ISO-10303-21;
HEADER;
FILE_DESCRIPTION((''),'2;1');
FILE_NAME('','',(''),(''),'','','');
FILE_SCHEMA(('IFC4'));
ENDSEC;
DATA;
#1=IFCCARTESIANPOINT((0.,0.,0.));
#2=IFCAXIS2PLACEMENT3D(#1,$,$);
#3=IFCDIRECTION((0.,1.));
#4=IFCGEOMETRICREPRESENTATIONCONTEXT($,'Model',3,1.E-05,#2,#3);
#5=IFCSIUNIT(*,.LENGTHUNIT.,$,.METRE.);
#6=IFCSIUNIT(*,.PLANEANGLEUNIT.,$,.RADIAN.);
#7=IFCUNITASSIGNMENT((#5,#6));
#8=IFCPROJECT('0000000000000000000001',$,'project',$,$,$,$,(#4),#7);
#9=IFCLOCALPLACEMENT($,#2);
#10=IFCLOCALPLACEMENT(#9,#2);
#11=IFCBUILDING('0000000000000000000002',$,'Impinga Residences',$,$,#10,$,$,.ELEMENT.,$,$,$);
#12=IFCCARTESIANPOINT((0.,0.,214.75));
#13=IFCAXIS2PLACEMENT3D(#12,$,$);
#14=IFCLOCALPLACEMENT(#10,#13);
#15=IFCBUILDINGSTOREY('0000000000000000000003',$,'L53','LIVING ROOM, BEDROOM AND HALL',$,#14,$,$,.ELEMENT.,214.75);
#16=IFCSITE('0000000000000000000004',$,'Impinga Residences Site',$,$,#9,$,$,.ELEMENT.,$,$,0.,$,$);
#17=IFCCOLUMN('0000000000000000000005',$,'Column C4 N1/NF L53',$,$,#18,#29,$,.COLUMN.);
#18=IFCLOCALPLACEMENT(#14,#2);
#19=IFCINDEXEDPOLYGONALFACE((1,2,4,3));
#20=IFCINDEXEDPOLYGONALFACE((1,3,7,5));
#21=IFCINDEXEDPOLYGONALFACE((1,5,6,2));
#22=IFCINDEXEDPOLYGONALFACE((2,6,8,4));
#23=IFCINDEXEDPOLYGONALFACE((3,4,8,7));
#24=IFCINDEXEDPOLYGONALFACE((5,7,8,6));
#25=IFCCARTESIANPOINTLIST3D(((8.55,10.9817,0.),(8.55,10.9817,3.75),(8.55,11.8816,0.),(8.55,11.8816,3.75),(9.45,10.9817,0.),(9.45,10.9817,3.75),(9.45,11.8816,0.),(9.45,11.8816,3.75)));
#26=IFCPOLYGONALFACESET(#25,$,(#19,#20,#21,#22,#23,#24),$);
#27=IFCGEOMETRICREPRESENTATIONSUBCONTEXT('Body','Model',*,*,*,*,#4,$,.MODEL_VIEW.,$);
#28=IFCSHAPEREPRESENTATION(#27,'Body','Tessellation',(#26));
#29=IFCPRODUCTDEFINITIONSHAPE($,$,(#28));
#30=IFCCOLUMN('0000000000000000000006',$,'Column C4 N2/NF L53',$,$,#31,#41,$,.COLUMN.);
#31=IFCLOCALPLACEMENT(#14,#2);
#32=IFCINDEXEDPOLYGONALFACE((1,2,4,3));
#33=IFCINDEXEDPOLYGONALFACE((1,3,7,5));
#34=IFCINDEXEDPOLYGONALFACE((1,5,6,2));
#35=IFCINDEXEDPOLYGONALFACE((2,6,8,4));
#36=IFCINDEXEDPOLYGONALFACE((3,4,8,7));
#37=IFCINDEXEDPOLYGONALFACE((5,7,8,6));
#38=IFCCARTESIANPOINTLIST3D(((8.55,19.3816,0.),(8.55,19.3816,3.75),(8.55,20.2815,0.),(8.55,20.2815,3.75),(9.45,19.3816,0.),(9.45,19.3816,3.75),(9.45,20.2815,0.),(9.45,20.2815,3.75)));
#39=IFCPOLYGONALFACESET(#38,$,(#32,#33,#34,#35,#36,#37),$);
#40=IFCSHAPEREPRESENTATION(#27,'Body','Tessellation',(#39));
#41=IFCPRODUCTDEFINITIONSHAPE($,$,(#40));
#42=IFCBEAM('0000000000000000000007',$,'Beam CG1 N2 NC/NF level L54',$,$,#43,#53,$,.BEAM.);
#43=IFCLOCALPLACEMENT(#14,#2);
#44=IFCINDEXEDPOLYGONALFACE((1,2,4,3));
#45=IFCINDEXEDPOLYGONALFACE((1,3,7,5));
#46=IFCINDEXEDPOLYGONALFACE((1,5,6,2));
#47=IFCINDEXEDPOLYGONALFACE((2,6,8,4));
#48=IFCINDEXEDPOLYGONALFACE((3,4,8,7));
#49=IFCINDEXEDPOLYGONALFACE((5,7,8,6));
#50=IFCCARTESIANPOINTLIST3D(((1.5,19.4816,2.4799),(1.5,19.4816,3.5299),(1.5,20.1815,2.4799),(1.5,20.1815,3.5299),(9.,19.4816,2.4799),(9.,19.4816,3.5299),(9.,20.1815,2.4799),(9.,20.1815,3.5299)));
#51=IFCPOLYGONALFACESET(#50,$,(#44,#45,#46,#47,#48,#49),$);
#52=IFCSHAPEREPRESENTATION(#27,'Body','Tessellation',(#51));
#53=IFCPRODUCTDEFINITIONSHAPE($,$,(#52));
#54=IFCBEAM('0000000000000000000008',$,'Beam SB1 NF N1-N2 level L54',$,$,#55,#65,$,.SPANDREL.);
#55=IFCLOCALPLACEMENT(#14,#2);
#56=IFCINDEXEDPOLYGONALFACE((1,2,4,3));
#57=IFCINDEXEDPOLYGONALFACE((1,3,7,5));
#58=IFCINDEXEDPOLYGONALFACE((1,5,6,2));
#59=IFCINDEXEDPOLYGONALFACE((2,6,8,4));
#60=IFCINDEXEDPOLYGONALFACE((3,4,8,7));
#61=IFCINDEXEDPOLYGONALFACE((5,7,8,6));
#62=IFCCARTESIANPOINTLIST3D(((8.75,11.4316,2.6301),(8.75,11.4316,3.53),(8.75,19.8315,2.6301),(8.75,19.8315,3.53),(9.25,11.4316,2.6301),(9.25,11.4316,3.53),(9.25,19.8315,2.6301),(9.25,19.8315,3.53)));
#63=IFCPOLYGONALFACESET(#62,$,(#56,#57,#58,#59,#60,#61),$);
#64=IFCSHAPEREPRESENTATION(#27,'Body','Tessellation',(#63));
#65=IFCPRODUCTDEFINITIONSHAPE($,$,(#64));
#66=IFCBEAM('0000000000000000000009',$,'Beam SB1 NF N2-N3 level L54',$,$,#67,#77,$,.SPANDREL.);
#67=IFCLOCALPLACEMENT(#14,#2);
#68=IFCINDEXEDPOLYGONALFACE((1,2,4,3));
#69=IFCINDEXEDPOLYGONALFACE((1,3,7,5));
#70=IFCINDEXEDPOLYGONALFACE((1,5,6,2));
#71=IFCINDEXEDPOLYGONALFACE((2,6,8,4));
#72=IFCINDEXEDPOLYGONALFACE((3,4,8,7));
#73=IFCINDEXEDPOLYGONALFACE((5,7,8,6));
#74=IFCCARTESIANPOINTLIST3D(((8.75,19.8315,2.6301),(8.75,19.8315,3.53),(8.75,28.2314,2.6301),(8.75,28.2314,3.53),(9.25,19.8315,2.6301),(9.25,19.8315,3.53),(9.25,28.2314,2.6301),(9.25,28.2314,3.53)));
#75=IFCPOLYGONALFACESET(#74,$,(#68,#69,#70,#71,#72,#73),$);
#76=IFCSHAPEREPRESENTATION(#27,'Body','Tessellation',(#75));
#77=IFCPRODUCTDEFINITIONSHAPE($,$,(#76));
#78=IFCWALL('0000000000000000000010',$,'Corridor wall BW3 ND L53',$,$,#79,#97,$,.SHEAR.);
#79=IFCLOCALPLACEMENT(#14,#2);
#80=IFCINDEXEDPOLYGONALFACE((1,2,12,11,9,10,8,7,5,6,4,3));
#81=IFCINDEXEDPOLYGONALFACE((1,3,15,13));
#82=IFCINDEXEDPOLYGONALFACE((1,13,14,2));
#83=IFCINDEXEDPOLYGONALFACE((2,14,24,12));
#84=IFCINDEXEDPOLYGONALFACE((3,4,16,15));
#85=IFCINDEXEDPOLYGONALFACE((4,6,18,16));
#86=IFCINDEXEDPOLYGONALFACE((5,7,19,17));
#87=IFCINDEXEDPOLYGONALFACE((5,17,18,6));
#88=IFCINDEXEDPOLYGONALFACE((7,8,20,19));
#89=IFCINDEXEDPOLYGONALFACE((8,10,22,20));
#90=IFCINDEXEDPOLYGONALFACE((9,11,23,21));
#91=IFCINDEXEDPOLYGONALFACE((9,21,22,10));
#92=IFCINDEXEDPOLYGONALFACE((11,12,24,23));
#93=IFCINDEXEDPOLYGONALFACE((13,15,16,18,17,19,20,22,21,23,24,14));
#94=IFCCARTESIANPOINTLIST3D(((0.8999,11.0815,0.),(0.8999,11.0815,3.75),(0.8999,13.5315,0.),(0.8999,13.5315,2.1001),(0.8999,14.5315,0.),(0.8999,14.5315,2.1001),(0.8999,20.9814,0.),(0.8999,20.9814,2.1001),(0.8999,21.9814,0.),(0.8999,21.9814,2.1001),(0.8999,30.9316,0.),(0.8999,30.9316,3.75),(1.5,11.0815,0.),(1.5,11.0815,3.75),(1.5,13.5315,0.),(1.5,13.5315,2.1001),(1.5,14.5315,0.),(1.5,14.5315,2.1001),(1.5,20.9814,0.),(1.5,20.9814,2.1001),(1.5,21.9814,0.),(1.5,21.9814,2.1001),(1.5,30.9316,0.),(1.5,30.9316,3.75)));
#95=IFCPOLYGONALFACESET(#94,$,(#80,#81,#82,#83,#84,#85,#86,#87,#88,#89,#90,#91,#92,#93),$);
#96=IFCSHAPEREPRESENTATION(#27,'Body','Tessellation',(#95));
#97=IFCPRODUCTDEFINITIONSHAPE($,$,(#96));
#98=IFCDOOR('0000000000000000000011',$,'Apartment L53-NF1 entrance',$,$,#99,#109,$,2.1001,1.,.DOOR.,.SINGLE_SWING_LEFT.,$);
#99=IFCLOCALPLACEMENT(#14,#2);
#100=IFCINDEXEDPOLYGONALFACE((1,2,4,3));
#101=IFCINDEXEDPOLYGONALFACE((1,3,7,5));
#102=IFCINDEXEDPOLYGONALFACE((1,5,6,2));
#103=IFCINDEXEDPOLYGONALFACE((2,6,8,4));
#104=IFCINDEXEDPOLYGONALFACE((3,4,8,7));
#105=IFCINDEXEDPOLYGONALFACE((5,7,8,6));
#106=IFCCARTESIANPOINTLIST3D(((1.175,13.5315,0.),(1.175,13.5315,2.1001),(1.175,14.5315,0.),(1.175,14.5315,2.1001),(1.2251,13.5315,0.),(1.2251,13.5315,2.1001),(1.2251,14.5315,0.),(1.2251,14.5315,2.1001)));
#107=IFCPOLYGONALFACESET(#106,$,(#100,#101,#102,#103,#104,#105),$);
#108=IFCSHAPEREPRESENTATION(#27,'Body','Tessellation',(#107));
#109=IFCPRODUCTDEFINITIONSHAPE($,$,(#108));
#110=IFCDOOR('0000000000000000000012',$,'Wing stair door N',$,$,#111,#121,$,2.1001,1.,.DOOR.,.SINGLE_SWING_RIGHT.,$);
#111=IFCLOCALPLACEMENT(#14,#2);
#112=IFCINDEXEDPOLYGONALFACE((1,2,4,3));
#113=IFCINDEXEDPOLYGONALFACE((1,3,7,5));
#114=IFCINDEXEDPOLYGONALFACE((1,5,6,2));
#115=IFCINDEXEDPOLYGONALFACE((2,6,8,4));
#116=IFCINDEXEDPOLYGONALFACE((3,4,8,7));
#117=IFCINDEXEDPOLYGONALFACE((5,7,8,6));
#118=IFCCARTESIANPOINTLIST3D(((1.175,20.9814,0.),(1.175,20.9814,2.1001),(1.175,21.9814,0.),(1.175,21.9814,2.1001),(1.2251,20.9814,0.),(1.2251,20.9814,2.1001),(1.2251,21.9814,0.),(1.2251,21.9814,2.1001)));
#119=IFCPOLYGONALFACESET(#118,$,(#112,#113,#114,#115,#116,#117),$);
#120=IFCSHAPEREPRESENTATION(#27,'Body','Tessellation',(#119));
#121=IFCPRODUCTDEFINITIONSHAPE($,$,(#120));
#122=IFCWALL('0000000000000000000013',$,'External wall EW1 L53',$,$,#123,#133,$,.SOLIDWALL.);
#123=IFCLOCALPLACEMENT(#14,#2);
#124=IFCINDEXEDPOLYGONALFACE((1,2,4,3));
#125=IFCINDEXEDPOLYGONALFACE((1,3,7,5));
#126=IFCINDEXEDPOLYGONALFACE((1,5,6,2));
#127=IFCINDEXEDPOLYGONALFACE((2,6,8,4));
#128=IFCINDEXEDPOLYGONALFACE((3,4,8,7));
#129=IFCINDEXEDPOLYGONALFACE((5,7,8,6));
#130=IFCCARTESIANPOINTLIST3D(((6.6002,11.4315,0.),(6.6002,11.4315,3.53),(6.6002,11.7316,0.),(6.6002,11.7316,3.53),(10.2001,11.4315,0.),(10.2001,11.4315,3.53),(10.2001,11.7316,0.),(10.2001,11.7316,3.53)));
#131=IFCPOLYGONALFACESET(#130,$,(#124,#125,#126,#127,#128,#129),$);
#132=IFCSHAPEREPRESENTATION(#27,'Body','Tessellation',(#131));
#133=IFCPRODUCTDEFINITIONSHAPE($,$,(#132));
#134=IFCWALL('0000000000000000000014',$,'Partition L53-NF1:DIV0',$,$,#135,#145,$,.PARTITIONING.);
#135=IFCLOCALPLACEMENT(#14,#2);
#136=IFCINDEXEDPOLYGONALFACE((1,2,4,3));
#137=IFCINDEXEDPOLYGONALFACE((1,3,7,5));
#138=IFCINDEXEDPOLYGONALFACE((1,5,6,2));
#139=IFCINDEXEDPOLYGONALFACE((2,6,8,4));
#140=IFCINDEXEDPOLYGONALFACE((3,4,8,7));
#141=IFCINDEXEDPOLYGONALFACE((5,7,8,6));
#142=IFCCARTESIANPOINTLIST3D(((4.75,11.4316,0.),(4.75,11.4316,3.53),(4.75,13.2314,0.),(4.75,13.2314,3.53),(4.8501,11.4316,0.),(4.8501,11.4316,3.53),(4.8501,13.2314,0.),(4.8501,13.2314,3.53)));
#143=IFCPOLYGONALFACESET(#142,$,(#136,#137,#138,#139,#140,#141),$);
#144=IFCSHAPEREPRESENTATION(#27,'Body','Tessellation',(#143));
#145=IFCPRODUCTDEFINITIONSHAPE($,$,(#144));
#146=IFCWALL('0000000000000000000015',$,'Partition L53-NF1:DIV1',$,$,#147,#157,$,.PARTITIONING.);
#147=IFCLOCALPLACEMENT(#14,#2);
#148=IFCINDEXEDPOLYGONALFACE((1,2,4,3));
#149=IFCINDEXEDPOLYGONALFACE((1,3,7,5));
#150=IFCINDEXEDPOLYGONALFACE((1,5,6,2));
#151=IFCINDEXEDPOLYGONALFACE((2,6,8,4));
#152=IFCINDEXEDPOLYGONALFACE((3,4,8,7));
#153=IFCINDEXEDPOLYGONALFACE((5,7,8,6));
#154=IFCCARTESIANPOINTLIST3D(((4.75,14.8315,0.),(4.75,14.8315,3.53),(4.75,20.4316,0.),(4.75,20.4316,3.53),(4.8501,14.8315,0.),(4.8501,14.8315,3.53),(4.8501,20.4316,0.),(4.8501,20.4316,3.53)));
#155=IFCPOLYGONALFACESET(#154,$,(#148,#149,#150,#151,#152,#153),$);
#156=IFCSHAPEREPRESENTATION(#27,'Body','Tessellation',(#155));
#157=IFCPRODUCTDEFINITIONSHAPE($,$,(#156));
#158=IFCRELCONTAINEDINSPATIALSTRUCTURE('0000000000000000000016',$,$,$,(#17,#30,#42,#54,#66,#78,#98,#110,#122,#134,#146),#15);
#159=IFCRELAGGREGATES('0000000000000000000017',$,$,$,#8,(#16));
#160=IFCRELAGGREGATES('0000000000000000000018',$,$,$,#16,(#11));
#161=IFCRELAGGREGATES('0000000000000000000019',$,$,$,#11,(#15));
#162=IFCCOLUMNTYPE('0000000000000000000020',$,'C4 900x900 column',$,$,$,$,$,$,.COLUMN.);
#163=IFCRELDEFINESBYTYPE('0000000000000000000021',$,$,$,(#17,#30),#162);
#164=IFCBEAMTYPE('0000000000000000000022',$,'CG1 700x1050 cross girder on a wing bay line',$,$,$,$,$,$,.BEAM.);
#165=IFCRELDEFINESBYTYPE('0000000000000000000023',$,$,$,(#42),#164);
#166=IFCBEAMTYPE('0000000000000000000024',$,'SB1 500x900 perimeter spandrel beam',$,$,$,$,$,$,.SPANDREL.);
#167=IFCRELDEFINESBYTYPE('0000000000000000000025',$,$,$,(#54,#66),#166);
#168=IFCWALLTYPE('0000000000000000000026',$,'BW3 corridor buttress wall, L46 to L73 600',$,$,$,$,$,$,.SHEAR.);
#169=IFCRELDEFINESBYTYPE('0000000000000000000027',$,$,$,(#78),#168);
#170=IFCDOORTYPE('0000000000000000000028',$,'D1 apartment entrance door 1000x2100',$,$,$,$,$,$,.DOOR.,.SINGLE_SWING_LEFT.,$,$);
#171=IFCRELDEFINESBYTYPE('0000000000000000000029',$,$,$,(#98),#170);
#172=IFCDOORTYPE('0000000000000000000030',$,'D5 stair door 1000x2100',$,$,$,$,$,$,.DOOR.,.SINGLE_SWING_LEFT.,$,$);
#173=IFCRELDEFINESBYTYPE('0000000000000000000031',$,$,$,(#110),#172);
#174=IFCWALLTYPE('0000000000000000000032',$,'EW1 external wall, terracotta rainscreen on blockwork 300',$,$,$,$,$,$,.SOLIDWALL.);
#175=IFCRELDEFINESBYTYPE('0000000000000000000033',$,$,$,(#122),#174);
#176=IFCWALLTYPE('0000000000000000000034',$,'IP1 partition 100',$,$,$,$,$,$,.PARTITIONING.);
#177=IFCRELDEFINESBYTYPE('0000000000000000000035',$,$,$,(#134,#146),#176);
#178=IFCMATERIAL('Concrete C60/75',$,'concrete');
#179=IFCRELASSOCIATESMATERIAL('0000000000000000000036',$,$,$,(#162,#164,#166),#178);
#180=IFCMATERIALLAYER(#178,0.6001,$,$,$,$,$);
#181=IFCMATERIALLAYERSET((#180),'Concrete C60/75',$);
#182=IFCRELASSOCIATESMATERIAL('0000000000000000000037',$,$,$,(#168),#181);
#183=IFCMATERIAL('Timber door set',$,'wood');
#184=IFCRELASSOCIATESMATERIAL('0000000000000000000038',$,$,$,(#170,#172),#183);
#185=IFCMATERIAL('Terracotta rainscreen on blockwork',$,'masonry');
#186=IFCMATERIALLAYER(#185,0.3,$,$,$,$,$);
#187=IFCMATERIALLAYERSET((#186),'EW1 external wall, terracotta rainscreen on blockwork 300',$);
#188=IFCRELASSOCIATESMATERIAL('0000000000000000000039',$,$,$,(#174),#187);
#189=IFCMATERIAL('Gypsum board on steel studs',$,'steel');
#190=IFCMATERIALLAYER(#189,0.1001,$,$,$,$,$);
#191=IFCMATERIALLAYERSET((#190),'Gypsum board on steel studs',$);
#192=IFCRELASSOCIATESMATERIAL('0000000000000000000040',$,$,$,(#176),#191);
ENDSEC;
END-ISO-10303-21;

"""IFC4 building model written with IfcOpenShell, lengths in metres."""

from ifc_helpers import new_model, si_unit, direction, frame, frame_2d, origin, origin_2d, place, context, subcontext, project, spatial, rectangle, extrude, material, layer, layer_set, material_profile, profile_set, type_object, element, fill, save


model = new_model("IFC4")

# Units and contexts
model_context = context("Model", 3, precision=1e-05, world=origin(), true_north=direction((0.0, 1.0)))
body_context = subcontext(model_context, "Body", "Model", "MODEL_VIEW")
ifc_project = project(units=[si_unit("LENGTHUNIT", "METRE"), si_unit("PLANEANGLEUNIT", "RADIAN")], contexts=[model_context])

# Site, building, storey
site_placement = place(None, origin())
site = spatial("IfcSite", under=ifc_project, at=site_placement, Name="Impinga Residences Site", CompositionType="ELEMENT", RefElevation=0.0)
building_placement = place(site_placement, origin())
building = spatial("IfcBuilding", under=site, at=building_placement, Name="Impinga Residences", CompositionType="ELEMENT")
storey_placement = place(building_placement, frame((0.0, 0.0, 214.75)))
storey = spatial("IfcBuildingStorey", under=building, at=storey_placement, Name="L53", Description="LIVING ROOM, BEDROOM AND HALL", CompositionType="ELEMENT", Elevation=214.75)

# Columns
ifc_material_1 = material(Name="Concrete C60/75", Category="concrete")
ifc_material_profile_1 = material_profile(ifc_material_1, rectangle(XDim=0.8999, YDim=0.8999, at=origin_2d()), Name="RC 900x900")
ifc_profile_set_1 = profile_set([ifc_material_profile_1], Name="Concrete C60/75")
column_type = type_object("IfcColumnType", Name="C4 900x900 column", PredefinedType="COLUMN", material=ifc_profile_set_1)
for number, where, z_axis, x_axis, name in (
    (1, (9.0, 11.4316, 0.0), (0.0, 0.0, 1.0), (1.0, 0.0, 0.0), "Column C4 N1/NF L53"),
    (2, (9.0, 19.8315, 0.0), (0.0, 0.0, 1.0), (1.0, 0.0, 0.0), "Column C4 N2/NF L53"),
):
    element("IfcColumn", number, at=place(storey_placement, frame(where, z_axis=z_axis, x_axis=x_axis)), inside=storey, type_object=column_type, Name=name, PredefinedType="COLUMN", context=body_context, shape_type="SweptSolid", body=[
        extrude(rectangle(XDim=0.8999, YDim=0.8999, at=origin_2d()), origin(), (0.0, 0.0, 1.0), 3.75),
    ])

# Beams
ifc_material_profile_2 = material_profile(ifc_material_1, rectangle(XDim=0.7, YDim=1.05, at=origin_2d()), Name="RC 700x1050")
ifc_profile_set_2 = profile_set([ifc_material_profile_2], Name="Concrete C60/75")
beam_type_1 = type_object("IfcBeamType", Name="CG1 700x1050 cross girder on a wing bay line", PredefinedType="BEAM", material=ifc_profile_set_2)
beam_placement = place(storey_placement, frame((1.5, 19.8315, 3.0049), z_axis=(1.0, 0.0, 0.0), x_axis=(0.0, 1.0, 0.0)))
element("IfcBeam", 3, at=beam_placement, inside=storey, type_object=beam_type_1, Name="Beam CG1 N2 NC/NF level L54", PredefinedType="BEAM", context=body_context, shape_type="SweptSolid", body=[
    extrude(rectangle(XDim=0.7, YDim=1.05, at=origin_2d()), origin(), (0.0, 0.0, 1.0), 7.5),
])
ifc_material_profile_3 = material_profile(ifc_material_1, rectangle(XDim=0.5, YDim=0.8999, at=origin_2d()), Name="RC 500x900")
ifc_profile_set_3 = profile_set([ifc_material_profile_3], Name="Concrete C60/75")
beam_type_2 = type_object("IfcBeamType", Name="SB1 500x900 perimeter spandrel beam", PredefinedType="SPANDREL", material=ifc_profile_set_3)
for number, where, z_axis, x_axis, name in (
    (4, (9.0, 11.4316, 3.0801), (0.0, 1.0, 0.0), (-1.0, 0.0, 0.0), "Beam SB1 NF N1-N2 level L54"),
    (5, (9.0, 19.8315, 3.0801), (0.0, 1.0, 0.0), (-1.0, 0.0, 0.0), "Beam SB1 NF N2-N3 level L54"),
):
    element("IfcBeam", number, at=place(storey_placement, frame(where, z_axis=z_axis, x_axis=x_axis)), inside=storey, type_object=beam_type_2, Name=name, PredefinedType="SPANDREL", context=body_context, shape_type="SweptSolid", body=[
        extrude(rectangle(XDim=0.5, YDim=0.8999, at=origin_2d()), origin(), (0.0, 0.0, 1.0), 8.3999),
    ])

# Wall, openings, doors
ifc_layer_1 = layer(ifc_material_1, 0.6001)
ifc_layer_set_1 = layer_set([ifc_layer_1], Name="Concrete C60/75")
wall_type_1 = type_object("IfcWallType", Name="BW3 corridor buttress wall, L46 to L73 600", PredefinedType="SHEAR", material=ifc_layer_set_1)
wall_1_placement = place(storey_placement, frame((1.2, 11.0815, 0.0), z_axis=(0.0, 0.0, 1.0), x_axis=(0.0, 1.0, 0.0)))
wall_1 = element("IfcWall", 6, at=wall_1_placement, inside=storey, type_object=wall_type_1, Name="Corridor wall BW3 ND L53", PredefinedType="SHEAR", context=body_context, shape_type="SweptSolid", body=[
    extrude(rectangle(XDim=19.8501, YDim=0.6001, at=frame_2d((9.925, 0.0))), origin(), (0.0, 0.0, 1.0), 3.75),
])
opening_1_placement = place(wall_1_placement, frame((9.8999, 0.0, 0.0)))
opening_1 = element("IfcOpeningElement", 7, at=opening_1_placement, cuts=wall_1, PredefinedType="OPENING", context=body_context, shape_type="SweptSolid", body=[
    extrude(rectangle(XDim=1.0, YDim=2.1001, at=frame_2d((0.5, 1.05))), frame((0.0, 0.3101, 0.0), z_axis=(0.0, -1.0, 0.0), x_axis=(1.0, 0.0, 0.0)), (0.0, 0.0, 1.0), 0.6201),
])
opening_2_placement = place(wall_1_placement, frame((2.45, 0.0, 0.0)))
opening_2 = element("IfcOpeningElement", 8, at=opening_2_placement, cuts=wall_1, PredefinedType="OPENING", context=body_context, shape_type="SweptSolid", body=[
    extrude(rectangle(XDim=1.0, YDim=2.1001, at=frame_2d((0.5, 1.05))), frame((0.0, 0.3101, 0.0), z_axis=(0.0, -1.0, 0.0), x_axis=(1.0, 0.0, 0.0)), (0.0, 0.0, 1.0), 0.6201),
])
ifc_material_2 = material(Name="Timber door set", Category="wood")
door_type_1 = type_object("IfcDoorType", Name="D1 apartment entrance door 1000x2100", OperationType="SINGLE_SWING_LEFT", PredefinedType="DOOR", material=ifc_material_2)
door_1_placement = place(opening_2_placement, origin())
door_1 = element("IfcDoor", 9, at=door_1_placement, inside=storey, type_object=door_type_1, Name="Apartment L53-NF1 entrance", OperationType="SINGLE_SWING_LEFT", OverallHeight=2.1001, OverallWidth=1.0, PredefinedType="DOOR", context=body_context, shape_type="SweptSolid", body=[
    extrude(rectangle(XDim=1.0, YDim=2.1001, at=frame_2d((0.5, 1.05))), frame((0.0, 0.0249, 0.0), z_axis=(0.0, -1.0, 0.0), x_axis=(1.0, 0.0, 0.0)), (0.0, 0.0, 1.0), 0.05),
])
fill(opening_2, door_1)
door_type_2 = type_object("IfcDoorType", Name="D5 stair door 1000x2100", OperationType="SINGLE_SWING_LEFT", PredefinedType="DOOR", material=ifc_material_2)
door_2_placement = place(opening_1_placement, origin())
door_2 = element("IfcDoor", 10, at=door_2_placement, inside=storey, type_object=door_type_2, Name="Wing stair door N", OperationType="SINGLE_SWING_RIGHT", OverallHeight=2.1001, OverallWidth=1.0, PredefinedType="DOOR", context=body_context, shape_type="SweptSolid", body=[
    extrude(rectangle(XDim=1.0, YDim=2.1001, at=frame_2d((0.5, 1.05))), frame((0.0, 0.0249, 0.0), z_axis=(0.0, -1.0, 0.0), x_axis=(1.0, 0.0, 0.0)), (0.0, 0.0, 1.0), 0.05),
])
fill(opening_1, door_2)

# Walls
ifc_material_3 = material(Name="Terracotta rainscreen on blockwork", Category="masonry")
ifc_layer_2 = layer(ifc_material_3, 0.3)
ifc_layer_set_2 = layer_set([ifc_layer_2], Name="EW1 external wall, terracotta rainscreen on blockwork 300")
wall_type_2 = type_object("IfcWallType", Name="EW1 external wall, terracotta rainscreen on blockwork 300", PredefinedType="SOLIDWALL", material=ifc_layer_set_2)
wall_2_placement = place(storey_placement, frame((10.2, 11.5815, 0.0), z_axis=(0.0, 0.0, 1.0), x_axis=(-1.0, 0.0, 0.0)))
element("IfcWall", 11, at=wall_2_placement, inside=storey, type_object=wall_type_2, Name="External wall EW1 L53", PredefinedType="SOLIDWALL", context=body_context, shape_type="SweptSolid", body=[
    extrude(rectangle(XDim=3.5999, YDim=0.3, at=frame_2d((1.7998, 0.0))), origin(), (0.0, 0.0, 1.0), 3.53),
])
ifc_material_4 = material(Name="Gypsum board on steel studs", Category="steel")
ifc_layer_3 = layer(ifc_material_4, 0.1001)
ifc_layer_set_3 = layer_set([ifc_layer_3], Name="Gypsum board on steel studs")
wall_type_3 = type_object("IfcWallType", Name="IP1 partition 100", PredefinedType="PARTITIONING", material=ifc_layer_set_3)
wall_3_placement = place(storey_placement, frame((4.8, 11.4316, 0.0), z_axis=(0.0, 0.0, 1.0), x_axis=(0.0, 1.0, 0.0)))
element("IfcWall", 12, at=wall_3_placement, inside=storey, type_object=wall_type_3, Name="Partition L53-NF1:DIV0", PredefinedType="PARTITIONING", context=body_context, shape_type="SweptSolid", body=[
    extrude(rectangle(XDim=1.7998, YDim=0.1001, at=frame_2d((0.8999, 0.0))), origin(), (0.0, 0.0, 1.0), 3.53),
])
wall_4_placement = place(storey_placement, frame((4.8, 14.8315, 0.0), z_axis=(0.0, 0.0, 1.0), x_axis=(0.0, 1.0, 0.0)))
element("IfcWall", 13, at=wall_4_placement, inside=storey, type_object=wall_type_3, Name="Partition L53-NF1:DIV1", PredefinedType="PARTITIONING", context=body_context, shape_type="SweptSolid", body=[
    extrude(rectangle(XDim=5.6001, YDim=0.1001, at=frame_2d((2.8, 0.0))), origin(), (0.0, 0.0, 1.0), 3.53),
])

save(model, "model.ifc")
